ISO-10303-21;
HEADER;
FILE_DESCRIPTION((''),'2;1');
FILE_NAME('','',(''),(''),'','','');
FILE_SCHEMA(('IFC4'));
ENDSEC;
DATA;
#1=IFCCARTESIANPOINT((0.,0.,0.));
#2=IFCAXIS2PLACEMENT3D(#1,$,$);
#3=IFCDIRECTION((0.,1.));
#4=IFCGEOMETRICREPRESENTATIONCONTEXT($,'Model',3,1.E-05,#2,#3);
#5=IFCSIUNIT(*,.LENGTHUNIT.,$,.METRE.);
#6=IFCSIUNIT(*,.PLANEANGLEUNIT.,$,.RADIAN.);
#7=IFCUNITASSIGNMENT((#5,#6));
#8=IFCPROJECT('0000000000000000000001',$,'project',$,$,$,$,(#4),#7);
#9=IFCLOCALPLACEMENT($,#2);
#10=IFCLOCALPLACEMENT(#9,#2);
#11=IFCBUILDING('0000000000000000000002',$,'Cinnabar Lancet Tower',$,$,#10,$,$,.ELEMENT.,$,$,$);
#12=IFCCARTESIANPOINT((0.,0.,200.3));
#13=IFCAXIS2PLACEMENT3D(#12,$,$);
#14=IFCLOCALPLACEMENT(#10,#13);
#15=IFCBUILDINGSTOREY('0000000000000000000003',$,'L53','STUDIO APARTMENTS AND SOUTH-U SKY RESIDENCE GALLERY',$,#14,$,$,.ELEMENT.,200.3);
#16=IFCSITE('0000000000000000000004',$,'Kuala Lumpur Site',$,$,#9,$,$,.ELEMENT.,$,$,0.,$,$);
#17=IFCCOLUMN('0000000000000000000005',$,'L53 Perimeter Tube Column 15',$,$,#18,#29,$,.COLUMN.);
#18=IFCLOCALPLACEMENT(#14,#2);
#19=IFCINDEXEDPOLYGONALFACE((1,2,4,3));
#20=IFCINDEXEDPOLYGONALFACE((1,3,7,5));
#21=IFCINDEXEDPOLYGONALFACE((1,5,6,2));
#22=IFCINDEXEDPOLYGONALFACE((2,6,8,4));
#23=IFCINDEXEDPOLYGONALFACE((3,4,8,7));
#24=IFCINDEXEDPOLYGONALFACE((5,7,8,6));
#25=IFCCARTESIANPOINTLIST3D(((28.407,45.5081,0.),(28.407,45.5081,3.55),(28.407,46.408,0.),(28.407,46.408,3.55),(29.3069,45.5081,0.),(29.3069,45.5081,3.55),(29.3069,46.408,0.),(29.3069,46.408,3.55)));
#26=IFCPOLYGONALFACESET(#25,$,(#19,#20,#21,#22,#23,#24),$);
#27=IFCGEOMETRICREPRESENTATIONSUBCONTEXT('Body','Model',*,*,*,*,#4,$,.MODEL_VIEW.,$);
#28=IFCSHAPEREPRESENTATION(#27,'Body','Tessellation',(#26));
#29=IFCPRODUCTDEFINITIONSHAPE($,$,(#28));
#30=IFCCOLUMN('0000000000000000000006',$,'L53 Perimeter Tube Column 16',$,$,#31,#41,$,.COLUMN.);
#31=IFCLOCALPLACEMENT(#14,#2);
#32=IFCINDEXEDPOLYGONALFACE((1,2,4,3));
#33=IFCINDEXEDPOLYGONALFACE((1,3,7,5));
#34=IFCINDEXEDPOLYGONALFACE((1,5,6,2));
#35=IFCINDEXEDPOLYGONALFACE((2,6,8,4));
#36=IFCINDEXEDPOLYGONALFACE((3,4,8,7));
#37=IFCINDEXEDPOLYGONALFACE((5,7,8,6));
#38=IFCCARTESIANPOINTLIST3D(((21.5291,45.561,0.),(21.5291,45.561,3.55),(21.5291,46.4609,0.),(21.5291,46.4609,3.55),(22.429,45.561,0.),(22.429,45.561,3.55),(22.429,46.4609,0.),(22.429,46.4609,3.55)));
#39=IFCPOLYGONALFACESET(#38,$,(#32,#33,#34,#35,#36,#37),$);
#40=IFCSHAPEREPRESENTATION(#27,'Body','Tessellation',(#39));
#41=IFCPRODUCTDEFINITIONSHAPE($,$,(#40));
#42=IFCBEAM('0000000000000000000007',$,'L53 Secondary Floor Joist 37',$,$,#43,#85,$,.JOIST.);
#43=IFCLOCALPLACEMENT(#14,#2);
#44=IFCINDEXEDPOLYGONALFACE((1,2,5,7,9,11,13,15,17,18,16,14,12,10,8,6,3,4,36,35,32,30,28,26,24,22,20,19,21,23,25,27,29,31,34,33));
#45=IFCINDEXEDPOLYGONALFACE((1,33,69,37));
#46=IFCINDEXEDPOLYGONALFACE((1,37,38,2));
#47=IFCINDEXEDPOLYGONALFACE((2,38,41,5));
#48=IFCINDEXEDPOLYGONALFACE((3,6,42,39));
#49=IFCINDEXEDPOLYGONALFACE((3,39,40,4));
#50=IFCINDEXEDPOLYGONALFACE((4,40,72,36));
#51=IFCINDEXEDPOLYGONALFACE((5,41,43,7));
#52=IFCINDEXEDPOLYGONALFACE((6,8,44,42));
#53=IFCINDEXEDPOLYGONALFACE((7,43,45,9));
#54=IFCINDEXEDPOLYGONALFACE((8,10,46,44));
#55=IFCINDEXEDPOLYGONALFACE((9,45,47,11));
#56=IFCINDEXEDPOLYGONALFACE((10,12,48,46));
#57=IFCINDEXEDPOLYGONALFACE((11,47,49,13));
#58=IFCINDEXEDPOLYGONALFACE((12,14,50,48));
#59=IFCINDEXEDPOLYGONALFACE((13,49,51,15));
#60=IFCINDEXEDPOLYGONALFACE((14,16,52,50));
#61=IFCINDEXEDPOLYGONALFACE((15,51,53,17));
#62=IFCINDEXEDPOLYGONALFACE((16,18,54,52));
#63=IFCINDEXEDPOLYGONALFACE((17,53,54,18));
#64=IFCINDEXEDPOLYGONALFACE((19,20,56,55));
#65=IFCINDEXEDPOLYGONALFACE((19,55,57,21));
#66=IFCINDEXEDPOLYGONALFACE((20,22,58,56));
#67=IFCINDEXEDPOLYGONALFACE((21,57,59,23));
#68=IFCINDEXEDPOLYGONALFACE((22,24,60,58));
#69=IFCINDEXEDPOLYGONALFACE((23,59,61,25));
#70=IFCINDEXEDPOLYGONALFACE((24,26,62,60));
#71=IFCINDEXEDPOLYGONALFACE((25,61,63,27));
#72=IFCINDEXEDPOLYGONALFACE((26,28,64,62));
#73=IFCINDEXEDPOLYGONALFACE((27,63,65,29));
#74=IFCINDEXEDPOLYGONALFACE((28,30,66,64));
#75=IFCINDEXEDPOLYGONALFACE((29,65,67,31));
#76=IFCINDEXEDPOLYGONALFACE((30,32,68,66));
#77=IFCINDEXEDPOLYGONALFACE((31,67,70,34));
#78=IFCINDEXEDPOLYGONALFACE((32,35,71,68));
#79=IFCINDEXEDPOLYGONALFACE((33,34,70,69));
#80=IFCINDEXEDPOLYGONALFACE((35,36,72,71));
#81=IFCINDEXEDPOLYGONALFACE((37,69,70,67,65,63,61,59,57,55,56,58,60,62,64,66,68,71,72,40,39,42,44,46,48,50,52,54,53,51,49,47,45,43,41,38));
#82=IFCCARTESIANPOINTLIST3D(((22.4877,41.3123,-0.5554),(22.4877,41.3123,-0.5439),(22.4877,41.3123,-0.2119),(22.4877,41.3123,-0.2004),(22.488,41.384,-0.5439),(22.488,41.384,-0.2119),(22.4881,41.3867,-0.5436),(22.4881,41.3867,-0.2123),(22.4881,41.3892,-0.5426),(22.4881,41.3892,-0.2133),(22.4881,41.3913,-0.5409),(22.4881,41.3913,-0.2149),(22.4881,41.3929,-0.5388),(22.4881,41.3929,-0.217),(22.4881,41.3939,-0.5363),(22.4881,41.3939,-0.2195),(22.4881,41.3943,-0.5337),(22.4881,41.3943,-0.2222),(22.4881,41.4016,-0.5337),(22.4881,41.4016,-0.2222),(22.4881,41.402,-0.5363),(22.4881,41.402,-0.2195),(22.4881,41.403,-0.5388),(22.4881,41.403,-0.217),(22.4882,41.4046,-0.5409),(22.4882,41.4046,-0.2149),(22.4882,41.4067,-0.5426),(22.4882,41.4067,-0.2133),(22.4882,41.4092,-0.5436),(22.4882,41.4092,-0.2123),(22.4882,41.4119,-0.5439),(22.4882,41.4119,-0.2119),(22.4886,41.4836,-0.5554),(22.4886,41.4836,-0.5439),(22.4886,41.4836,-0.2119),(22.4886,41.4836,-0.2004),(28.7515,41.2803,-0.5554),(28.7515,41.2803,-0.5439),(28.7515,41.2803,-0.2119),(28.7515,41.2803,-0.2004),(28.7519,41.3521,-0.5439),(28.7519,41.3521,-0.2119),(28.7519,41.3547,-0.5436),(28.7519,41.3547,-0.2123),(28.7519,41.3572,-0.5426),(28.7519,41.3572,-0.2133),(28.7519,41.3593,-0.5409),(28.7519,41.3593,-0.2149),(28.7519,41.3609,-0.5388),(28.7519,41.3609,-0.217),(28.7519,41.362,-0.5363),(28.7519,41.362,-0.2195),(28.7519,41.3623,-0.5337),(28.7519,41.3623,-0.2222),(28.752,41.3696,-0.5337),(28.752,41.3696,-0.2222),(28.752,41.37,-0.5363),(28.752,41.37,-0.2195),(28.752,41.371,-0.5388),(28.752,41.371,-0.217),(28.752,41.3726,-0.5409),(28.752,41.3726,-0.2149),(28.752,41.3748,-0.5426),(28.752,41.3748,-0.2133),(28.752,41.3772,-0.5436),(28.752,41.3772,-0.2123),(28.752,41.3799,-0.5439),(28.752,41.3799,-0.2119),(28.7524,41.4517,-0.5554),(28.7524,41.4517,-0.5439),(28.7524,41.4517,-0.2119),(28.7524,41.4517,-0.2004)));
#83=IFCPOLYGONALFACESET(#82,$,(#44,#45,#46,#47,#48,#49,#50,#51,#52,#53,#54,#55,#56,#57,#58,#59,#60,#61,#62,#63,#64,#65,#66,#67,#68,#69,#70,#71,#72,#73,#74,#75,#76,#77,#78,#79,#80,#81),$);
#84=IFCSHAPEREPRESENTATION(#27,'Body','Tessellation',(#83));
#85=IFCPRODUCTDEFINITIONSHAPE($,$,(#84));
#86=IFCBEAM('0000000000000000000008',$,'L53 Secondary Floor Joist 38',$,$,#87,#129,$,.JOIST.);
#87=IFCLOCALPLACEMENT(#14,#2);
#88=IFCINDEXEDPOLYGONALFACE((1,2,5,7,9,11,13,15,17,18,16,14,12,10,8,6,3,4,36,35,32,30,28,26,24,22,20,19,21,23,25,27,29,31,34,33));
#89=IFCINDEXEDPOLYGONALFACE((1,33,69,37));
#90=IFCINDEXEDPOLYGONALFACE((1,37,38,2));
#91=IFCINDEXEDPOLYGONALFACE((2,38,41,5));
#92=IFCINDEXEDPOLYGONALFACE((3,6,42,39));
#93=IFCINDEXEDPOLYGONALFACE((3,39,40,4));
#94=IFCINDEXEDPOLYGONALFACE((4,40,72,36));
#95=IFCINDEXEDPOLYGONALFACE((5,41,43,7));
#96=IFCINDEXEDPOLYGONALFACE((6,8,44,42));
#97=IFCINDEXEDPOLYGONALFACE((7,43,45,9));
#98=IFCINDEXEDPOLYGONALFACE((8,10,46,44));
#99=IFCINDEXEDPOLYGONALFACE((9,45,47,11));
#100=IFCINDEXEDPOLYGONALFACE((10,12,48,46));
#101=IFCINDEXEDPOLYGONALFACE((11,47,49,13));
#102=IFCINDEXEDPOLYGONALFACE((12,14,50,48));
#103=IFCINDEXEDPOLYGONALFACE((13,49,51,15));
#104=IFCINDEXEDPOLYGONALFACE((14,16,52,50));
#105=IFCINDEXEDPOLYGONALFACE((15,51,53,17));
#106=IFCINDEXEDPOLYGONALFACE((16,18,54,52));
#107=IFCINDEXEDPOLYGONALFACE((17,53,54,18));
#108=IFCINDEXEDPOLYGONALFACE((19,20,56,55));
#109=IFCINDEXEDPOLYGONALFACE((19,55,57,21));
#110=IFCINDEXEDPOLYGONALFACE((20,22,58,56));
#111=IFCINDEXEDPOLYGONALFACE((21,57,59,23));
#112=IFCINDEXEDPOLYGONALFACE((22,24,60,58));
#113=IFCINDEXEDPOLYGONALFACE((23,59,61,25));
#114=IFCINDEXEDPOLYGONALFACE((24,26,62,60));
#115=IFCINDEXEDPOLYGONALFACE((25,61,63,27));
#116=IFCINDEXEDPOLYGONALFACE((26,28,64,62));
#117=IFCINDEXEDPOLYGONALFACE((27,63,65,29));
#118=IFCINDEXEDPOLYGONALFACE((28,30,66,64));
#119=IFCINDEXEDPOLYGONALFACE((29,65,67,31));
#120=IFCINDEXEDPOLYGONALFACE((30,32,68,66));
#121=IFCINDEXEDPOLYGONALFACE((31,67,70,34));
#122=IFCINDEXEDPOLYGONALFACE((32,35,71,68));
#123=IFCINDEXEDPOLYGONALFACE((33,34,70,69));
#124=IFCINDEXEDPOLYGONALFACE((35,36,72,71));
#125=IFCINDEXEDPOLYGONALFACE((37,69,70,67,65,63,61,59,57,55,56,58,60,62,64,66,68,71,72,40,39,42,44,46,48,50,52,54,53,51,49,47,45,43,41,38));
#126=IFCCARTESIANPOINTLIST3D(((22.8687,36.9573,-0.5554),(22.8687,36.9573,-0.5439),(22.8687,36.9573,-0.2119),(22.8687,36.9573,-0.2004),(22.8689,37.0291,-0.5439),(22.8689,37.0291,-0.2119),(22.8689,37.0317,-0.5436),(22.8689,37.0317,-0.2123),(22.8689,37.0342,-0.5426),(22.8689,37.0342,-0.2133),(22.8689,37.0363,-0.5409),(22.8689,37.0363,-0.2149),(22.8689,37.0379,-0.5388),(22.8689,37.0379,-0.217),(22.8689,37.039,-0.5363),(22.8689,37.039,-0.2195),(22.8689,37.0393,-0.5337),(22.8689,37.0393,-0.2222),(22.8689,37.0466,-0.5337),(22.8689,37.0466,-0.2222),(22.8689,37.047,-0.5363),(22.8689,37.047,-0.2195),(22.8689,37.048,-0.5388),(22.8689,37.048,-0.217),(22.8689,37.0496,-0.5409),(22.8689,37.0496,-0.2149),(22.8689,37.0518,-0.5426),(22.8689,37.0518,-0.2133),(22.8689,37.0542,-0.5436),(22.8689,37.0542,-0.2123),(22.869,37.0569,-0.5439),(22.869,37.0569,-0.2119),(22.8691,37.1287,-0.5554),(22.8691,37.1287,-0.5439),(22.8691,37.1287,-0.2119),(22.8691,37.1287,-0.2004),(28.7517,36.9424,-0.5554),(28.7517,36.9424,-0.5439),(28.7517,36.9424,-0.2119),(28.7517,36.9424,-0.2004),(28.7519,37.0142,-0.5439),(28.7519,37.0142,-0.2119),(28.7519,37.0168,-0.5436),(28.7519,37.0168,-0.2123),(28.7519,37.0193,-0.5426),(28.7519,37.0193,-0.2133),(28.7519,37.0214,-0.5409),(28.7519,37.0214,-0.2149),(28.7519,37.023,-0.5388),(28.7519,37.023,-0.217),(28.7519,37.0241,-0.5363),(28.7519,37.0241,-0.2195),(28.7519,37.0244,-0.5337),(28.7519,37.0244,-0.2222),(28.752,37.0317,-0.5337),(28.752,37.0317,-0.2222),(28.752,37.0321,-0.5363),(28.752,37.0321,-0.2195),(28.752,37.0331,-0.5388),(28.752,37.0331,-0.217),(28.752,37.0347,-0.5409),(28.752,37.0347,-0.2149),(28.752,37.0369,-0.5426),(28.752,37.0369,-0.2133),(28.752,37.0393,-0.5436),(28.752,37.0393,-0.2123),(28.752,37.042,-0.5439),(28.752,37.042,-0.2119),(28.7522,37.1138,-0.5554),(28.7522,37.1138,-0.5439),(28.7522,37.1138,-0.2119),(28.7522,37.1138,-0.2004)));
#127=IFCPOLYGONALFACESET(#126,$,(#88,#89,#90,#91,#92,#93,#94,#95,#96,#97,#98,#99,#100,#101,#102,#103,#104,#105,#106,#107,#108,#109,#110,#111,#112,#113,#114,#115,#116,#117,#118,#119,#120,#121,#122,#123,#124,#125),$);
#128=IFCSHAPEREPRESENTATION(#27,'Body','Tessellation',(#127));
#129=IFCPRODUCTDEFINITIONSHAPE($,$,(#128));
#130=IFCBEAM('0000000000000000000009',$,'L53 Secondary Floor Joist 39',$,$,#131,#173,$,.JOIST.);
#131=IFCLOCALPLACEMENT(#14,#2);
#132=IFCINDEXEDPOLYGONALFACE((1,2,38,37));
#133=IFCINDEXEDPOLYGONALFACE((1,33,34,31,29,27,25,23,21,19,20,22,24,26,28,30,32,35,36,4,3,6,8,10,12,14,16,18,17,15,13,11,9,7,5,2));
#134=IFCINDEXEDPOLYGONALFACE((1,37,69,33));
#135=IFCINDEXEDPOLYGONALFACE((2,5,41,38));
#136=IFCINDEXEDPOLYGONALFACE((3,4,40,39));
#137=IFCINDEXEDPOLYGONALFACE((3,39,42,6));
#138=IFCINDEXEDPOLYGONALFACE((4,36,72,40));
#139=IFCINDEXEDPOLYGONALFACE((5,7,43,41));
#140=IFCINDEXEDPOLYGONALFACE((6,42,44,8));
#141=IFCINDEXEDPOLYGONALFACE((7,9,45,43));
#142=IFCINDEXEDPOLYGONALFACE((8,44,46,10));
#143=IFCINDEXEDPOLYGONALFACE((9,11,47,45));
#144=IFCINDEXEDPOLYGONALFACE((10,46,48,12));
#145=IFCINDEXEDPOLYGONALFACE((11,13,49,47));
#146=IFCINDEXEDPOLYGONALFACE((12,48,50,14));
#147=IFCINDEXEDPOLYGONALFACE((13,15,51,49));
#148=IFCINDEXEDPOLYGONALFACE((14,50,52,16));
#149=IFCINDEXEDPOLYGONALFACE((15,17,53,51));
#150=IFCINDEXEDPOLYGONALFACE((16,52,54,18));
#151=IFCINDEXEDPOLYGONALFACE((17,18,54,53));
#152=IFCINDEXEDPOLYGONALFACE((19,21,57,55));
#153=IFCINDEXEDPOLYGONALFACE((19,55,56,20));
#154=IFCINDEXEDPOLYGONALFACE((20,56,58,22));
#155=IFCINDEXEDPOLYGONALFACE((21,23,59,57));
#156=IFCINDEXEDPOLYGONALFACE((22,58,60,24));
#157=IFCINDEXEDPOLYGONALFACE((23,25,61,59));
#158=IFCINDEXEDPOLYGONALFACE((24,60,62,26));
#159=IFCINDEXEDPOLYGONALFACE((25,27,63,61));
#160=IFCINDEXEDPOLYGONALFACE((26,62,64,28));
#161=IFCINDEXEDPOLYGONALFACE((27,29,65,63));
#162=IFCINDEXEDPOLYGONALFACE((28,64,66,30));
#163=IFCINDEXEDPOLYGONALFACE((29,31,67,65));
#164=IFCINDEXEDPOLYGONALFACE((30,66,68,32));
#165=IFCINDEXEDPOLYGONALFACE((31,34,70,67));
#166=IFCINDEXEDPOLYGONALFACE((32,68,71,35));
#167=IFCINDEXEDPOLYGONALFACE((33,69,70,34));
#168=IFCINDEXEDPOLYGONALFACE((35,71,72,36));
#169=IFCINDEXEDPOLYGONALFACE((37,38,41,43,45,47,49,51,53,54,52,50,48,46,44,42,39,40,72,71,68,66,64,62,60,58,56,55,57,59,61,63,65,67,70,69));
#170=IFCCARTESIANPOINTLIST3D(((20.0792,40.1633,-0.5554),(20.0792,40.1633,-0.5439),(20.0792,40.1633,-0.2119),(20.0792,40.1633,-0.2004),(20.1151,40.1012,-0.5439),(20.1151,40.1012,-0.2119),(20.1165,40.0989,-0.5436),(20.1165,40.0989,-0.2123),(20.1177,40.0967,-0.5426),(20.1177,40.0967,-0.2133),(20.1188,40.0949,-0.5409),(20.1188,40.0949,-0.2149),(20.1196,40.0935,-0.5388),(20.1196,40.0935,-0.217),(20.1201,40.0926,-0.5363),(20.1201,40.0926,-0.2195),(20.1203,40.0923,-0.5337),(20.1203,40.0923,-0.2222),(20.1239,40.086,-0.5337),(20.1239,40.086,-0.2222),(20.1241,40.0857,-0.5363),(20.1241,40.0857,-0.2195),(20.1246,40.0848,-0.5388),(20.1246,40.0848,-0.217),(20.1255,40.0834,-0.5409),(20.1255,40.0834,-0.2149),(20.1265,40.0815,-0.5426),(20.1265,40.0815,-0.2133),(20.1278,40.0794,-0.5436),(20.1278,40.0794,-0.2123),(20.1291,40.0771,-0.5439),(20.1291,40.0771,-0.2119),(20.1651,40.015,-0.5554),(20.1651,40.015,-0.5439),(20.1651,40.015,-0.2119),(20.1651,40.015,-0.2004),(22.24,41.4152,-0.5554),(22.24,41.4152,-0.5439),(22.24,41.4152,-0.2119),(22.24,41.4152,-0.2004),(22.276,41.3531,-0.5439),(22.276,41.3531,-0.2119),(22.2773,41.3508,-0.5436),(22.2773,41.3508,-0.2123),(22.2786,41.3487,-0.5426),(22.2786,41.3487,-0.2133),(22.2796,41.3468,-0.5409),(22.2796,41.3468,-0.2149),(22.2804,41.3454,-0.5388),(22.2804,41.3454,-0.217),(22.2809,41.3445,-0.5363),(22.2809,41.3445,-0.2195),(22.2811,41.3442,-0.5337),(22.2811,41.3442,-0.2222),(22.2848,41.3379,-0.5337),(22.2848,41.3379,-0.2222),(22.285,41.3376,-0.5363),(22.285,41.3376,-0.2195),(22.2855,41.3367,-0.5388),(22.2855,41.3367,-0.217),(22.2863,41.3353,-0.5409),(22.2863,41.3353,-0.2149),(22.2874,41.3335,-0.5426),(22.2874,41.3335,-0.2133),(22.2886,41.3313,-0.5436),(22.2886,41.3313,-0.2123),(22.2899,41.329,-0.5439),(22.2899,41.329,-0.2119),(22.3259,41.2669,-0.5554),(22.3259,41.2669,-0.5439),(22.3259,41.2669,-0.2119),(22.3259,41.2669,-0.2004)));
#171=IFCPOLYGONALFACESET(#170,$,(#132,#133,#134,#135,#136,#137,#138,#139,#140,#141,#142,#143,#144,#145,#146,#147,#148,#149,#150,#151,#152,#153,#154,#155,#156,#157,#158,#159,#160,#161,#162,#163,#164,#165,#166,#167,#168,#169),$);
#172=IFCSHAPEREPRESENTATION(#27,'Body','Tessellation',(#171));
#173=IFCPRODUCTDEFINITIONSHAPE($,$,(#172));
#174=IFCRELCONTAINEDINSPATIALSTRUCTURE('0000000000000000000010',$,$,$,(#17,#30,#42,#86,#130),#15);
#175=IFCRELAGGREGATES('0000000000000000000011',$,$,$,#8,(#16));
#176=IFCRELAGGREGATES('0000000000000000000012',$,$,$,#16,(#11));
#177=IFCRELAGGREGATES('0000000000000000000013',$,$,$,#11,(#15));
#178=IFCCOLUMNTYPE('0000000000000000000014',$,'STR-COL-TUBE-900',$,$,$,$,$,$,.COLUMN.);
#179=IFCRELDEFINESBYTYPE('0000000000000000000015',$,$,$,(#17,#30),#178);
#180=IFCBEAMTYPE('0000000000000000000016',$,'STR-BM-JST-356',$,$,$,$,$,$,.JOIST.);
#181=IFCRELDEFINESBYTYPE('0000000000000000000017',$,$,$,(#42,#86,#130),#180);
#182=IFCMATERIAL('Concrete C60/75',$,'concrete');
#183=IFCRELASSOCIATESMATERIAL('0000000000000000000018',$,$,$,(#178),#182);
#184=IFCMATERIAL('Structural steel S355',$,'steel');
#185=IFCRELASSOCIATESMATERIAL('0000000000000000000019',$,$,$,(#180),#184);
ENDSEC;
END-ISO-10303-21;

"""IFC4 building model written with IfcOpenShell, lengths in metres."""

from ifc_helpers import new_model, si_unit, direction, frame, origin, origin_2d, place, context, subcontext, project, spatial, rectangle, i_section, extrude, material, material_profile, profile_set, type_object, element, save


model = new_model("IFC4")

# Units and contexts
model_context = context("Model", 3, precision=1e-05, world=origin(), true_north=direction((0.0, 1.0)))
body_context = subcontext(model_context, "Body", "Model", "MODEL_VIEW")
ifc_project = project(units=[si_unit("LENGTHUNIT", "METRE"), si_unit("PLANEANGLEUNIT", "RADIAN")], contexts=[model_context])

# Site, building, storey
site_placement = place(None, origin())
site = spatial("IfcSite", under=ifc_project, at=site_placement, Name="Kuala Lumpur Site", CompositionType="ELEMENT", RefElevation=0.0)
building_placement = place(site_placement, origin())
building = spatial("IfcBuilding", under=site, at=building_placement, Name="Cinnabar Lancet Tower", CompositionType="ELEMENT")
storey_placement = place(building_placement, frame((0.0, 0.0, 200.3)))
storey = spatial("IfcBuildingStorey", under=building, at=storey_placement, Name="L53", Description="STUDIO APARTMENTS AND SOUTH-U SKY RESIDENCE GALLERY", CompositionType="ELEMENT", Elevation=200.3)

# Columns
ifc_material_1 = material(Name="Concrete C60/75", Category="concrete")
ifc_material_profile_1 = material_profile(ifc_material_1, rectangle(XDim=0.8999, YDim=0.8999, at=origin_2d()), Name="RC-COL 900x900")
ifc_profile_set_1 = profile_set([ifc_material_profile_1], Name="Concrete C60/75")
column_type = type_object("IfcColumnType", Name="STR-COL-TUBE-900", PredefinedType="COLUMN", material=ifc_profile_set_1)
for number, where, z_axis, x_axis, name in (
    (1, (28.8569, 45.958, 0.0), (0.0, 0.0, 1.0), (1.0, 0.0, 0.0), "L53 Perimeter Tube Column 15"),
    (2, (21.979, 46.011, 0.0), (0.0, 0.0, 1.0), (1.0, 0.0, 0.0), "L53 Perimeter Tube Column 16"),
):
    element("IfcColumn", number, at=place(storey_placement, frame(where, z_axis=z_axis, x_axis=x_axis)), inside=storey, type_object=column_type, Name=name, PredefinedType="COLUMN", context=body_context, shape_type="SweptSolid", body=[
        extrude(rectangle(XDim=0.8999, YDim=0.8999, at=origin_2d()), origin(), (0.0, 0.0, 1.0), 3.55),
    ])

# Beams
ifc_material_2 = material(Name="Structural steel S355", Category="steel")
ifc_material_profile_2 = material_profile(ifc_material_2, i_section(OverallWidth=0.1714, OverallDepth=0.355, WebThickness=0.0073, FlangeThickness=0.0115, FilletRadius=0.0103, at=origin_2d()), Name="UKB 356x171x51")
ifc_profile_set_2 = profile_set([ifc_material_profile_2], Name="Structural steel S355")
beam_type_1 = type_object("IfcBeamType", Name="STR-BM-JST-356", PredefinedType="JOIST", material=ifc_profile_set_2)
beam_1_placement = place(storey_placement, frame((28.752, 41.366, -0.3779), z_axis=(-0.999987, 0.005106, 0.0), x_axis=(-0.005106, -0.999987, 0.0)))
element("IfcBeam", 3, at=beam_1_placement, inside=storey, type_object=beam_type_1, Name="L53 Secondary Floor Joist 37", PredefinedType="JOIST", context=body_context, shape_type="SweptSolid", body=[
    extrude(i_section(OverallWidth=0.1714, OverallDepth=0.355, WebThickness=0.0073, FlangeThickness=0.0115, FilletRadius=0.0103, at=origin_2d()), origin(), (0.0, 0.0, 1.0), 6.2639),
])
beam_2_placement = place(storey_placement, frame((28.752, 37.0281, -0.3779), z_axis=(-0.999997, 0.002531, 0.0), x_axis=(-0.002531, -0.999997, 0.0)))
element("IfcBeam", 4, at=beam_2_placement, inside=storey, type_object=beam_type_1, Name="L53 Secondary Floor Joist 38", PredefinedType="JOIST", context=body_context, shape_type="SweptSolid", body=[
    extrude(i_section(OverallWidth=0.1714, OverallDepth=0.355, WebThickness=0.0073, FlangeThickness=0.0115, FilletRadius=0.0103, at=origin_2d()), origin(), (0.0, 0.0, 1.0), 5.8831),
])
beam_3_placement = place(storey_placement, frame((22.283, 41.3411, -0.3779), z_axis=(-0.865268, -0.50131, 0.0), x_axis=(0.50131, -0.865268, 0.0)))
element("IfcBeam", 5, at=beam_3_placement, inside=storey, type_object=beam_type_1, Name="L53 Secondary Floor Joist 39", PredefinedType="JOIST", context=body_context, shape_type="SweptSolid", body=[
    extrude(i_section(OverallWidth=0.1714, OverallDepth=0.355, WebThickness=0.0073, FlangeThickness=0.0115, FilletRadius=0.0103, at=origin_2d()), origin(), (0.0, 0.0, 1.0), 2.4973),
])

save(model, "model.ifc")
